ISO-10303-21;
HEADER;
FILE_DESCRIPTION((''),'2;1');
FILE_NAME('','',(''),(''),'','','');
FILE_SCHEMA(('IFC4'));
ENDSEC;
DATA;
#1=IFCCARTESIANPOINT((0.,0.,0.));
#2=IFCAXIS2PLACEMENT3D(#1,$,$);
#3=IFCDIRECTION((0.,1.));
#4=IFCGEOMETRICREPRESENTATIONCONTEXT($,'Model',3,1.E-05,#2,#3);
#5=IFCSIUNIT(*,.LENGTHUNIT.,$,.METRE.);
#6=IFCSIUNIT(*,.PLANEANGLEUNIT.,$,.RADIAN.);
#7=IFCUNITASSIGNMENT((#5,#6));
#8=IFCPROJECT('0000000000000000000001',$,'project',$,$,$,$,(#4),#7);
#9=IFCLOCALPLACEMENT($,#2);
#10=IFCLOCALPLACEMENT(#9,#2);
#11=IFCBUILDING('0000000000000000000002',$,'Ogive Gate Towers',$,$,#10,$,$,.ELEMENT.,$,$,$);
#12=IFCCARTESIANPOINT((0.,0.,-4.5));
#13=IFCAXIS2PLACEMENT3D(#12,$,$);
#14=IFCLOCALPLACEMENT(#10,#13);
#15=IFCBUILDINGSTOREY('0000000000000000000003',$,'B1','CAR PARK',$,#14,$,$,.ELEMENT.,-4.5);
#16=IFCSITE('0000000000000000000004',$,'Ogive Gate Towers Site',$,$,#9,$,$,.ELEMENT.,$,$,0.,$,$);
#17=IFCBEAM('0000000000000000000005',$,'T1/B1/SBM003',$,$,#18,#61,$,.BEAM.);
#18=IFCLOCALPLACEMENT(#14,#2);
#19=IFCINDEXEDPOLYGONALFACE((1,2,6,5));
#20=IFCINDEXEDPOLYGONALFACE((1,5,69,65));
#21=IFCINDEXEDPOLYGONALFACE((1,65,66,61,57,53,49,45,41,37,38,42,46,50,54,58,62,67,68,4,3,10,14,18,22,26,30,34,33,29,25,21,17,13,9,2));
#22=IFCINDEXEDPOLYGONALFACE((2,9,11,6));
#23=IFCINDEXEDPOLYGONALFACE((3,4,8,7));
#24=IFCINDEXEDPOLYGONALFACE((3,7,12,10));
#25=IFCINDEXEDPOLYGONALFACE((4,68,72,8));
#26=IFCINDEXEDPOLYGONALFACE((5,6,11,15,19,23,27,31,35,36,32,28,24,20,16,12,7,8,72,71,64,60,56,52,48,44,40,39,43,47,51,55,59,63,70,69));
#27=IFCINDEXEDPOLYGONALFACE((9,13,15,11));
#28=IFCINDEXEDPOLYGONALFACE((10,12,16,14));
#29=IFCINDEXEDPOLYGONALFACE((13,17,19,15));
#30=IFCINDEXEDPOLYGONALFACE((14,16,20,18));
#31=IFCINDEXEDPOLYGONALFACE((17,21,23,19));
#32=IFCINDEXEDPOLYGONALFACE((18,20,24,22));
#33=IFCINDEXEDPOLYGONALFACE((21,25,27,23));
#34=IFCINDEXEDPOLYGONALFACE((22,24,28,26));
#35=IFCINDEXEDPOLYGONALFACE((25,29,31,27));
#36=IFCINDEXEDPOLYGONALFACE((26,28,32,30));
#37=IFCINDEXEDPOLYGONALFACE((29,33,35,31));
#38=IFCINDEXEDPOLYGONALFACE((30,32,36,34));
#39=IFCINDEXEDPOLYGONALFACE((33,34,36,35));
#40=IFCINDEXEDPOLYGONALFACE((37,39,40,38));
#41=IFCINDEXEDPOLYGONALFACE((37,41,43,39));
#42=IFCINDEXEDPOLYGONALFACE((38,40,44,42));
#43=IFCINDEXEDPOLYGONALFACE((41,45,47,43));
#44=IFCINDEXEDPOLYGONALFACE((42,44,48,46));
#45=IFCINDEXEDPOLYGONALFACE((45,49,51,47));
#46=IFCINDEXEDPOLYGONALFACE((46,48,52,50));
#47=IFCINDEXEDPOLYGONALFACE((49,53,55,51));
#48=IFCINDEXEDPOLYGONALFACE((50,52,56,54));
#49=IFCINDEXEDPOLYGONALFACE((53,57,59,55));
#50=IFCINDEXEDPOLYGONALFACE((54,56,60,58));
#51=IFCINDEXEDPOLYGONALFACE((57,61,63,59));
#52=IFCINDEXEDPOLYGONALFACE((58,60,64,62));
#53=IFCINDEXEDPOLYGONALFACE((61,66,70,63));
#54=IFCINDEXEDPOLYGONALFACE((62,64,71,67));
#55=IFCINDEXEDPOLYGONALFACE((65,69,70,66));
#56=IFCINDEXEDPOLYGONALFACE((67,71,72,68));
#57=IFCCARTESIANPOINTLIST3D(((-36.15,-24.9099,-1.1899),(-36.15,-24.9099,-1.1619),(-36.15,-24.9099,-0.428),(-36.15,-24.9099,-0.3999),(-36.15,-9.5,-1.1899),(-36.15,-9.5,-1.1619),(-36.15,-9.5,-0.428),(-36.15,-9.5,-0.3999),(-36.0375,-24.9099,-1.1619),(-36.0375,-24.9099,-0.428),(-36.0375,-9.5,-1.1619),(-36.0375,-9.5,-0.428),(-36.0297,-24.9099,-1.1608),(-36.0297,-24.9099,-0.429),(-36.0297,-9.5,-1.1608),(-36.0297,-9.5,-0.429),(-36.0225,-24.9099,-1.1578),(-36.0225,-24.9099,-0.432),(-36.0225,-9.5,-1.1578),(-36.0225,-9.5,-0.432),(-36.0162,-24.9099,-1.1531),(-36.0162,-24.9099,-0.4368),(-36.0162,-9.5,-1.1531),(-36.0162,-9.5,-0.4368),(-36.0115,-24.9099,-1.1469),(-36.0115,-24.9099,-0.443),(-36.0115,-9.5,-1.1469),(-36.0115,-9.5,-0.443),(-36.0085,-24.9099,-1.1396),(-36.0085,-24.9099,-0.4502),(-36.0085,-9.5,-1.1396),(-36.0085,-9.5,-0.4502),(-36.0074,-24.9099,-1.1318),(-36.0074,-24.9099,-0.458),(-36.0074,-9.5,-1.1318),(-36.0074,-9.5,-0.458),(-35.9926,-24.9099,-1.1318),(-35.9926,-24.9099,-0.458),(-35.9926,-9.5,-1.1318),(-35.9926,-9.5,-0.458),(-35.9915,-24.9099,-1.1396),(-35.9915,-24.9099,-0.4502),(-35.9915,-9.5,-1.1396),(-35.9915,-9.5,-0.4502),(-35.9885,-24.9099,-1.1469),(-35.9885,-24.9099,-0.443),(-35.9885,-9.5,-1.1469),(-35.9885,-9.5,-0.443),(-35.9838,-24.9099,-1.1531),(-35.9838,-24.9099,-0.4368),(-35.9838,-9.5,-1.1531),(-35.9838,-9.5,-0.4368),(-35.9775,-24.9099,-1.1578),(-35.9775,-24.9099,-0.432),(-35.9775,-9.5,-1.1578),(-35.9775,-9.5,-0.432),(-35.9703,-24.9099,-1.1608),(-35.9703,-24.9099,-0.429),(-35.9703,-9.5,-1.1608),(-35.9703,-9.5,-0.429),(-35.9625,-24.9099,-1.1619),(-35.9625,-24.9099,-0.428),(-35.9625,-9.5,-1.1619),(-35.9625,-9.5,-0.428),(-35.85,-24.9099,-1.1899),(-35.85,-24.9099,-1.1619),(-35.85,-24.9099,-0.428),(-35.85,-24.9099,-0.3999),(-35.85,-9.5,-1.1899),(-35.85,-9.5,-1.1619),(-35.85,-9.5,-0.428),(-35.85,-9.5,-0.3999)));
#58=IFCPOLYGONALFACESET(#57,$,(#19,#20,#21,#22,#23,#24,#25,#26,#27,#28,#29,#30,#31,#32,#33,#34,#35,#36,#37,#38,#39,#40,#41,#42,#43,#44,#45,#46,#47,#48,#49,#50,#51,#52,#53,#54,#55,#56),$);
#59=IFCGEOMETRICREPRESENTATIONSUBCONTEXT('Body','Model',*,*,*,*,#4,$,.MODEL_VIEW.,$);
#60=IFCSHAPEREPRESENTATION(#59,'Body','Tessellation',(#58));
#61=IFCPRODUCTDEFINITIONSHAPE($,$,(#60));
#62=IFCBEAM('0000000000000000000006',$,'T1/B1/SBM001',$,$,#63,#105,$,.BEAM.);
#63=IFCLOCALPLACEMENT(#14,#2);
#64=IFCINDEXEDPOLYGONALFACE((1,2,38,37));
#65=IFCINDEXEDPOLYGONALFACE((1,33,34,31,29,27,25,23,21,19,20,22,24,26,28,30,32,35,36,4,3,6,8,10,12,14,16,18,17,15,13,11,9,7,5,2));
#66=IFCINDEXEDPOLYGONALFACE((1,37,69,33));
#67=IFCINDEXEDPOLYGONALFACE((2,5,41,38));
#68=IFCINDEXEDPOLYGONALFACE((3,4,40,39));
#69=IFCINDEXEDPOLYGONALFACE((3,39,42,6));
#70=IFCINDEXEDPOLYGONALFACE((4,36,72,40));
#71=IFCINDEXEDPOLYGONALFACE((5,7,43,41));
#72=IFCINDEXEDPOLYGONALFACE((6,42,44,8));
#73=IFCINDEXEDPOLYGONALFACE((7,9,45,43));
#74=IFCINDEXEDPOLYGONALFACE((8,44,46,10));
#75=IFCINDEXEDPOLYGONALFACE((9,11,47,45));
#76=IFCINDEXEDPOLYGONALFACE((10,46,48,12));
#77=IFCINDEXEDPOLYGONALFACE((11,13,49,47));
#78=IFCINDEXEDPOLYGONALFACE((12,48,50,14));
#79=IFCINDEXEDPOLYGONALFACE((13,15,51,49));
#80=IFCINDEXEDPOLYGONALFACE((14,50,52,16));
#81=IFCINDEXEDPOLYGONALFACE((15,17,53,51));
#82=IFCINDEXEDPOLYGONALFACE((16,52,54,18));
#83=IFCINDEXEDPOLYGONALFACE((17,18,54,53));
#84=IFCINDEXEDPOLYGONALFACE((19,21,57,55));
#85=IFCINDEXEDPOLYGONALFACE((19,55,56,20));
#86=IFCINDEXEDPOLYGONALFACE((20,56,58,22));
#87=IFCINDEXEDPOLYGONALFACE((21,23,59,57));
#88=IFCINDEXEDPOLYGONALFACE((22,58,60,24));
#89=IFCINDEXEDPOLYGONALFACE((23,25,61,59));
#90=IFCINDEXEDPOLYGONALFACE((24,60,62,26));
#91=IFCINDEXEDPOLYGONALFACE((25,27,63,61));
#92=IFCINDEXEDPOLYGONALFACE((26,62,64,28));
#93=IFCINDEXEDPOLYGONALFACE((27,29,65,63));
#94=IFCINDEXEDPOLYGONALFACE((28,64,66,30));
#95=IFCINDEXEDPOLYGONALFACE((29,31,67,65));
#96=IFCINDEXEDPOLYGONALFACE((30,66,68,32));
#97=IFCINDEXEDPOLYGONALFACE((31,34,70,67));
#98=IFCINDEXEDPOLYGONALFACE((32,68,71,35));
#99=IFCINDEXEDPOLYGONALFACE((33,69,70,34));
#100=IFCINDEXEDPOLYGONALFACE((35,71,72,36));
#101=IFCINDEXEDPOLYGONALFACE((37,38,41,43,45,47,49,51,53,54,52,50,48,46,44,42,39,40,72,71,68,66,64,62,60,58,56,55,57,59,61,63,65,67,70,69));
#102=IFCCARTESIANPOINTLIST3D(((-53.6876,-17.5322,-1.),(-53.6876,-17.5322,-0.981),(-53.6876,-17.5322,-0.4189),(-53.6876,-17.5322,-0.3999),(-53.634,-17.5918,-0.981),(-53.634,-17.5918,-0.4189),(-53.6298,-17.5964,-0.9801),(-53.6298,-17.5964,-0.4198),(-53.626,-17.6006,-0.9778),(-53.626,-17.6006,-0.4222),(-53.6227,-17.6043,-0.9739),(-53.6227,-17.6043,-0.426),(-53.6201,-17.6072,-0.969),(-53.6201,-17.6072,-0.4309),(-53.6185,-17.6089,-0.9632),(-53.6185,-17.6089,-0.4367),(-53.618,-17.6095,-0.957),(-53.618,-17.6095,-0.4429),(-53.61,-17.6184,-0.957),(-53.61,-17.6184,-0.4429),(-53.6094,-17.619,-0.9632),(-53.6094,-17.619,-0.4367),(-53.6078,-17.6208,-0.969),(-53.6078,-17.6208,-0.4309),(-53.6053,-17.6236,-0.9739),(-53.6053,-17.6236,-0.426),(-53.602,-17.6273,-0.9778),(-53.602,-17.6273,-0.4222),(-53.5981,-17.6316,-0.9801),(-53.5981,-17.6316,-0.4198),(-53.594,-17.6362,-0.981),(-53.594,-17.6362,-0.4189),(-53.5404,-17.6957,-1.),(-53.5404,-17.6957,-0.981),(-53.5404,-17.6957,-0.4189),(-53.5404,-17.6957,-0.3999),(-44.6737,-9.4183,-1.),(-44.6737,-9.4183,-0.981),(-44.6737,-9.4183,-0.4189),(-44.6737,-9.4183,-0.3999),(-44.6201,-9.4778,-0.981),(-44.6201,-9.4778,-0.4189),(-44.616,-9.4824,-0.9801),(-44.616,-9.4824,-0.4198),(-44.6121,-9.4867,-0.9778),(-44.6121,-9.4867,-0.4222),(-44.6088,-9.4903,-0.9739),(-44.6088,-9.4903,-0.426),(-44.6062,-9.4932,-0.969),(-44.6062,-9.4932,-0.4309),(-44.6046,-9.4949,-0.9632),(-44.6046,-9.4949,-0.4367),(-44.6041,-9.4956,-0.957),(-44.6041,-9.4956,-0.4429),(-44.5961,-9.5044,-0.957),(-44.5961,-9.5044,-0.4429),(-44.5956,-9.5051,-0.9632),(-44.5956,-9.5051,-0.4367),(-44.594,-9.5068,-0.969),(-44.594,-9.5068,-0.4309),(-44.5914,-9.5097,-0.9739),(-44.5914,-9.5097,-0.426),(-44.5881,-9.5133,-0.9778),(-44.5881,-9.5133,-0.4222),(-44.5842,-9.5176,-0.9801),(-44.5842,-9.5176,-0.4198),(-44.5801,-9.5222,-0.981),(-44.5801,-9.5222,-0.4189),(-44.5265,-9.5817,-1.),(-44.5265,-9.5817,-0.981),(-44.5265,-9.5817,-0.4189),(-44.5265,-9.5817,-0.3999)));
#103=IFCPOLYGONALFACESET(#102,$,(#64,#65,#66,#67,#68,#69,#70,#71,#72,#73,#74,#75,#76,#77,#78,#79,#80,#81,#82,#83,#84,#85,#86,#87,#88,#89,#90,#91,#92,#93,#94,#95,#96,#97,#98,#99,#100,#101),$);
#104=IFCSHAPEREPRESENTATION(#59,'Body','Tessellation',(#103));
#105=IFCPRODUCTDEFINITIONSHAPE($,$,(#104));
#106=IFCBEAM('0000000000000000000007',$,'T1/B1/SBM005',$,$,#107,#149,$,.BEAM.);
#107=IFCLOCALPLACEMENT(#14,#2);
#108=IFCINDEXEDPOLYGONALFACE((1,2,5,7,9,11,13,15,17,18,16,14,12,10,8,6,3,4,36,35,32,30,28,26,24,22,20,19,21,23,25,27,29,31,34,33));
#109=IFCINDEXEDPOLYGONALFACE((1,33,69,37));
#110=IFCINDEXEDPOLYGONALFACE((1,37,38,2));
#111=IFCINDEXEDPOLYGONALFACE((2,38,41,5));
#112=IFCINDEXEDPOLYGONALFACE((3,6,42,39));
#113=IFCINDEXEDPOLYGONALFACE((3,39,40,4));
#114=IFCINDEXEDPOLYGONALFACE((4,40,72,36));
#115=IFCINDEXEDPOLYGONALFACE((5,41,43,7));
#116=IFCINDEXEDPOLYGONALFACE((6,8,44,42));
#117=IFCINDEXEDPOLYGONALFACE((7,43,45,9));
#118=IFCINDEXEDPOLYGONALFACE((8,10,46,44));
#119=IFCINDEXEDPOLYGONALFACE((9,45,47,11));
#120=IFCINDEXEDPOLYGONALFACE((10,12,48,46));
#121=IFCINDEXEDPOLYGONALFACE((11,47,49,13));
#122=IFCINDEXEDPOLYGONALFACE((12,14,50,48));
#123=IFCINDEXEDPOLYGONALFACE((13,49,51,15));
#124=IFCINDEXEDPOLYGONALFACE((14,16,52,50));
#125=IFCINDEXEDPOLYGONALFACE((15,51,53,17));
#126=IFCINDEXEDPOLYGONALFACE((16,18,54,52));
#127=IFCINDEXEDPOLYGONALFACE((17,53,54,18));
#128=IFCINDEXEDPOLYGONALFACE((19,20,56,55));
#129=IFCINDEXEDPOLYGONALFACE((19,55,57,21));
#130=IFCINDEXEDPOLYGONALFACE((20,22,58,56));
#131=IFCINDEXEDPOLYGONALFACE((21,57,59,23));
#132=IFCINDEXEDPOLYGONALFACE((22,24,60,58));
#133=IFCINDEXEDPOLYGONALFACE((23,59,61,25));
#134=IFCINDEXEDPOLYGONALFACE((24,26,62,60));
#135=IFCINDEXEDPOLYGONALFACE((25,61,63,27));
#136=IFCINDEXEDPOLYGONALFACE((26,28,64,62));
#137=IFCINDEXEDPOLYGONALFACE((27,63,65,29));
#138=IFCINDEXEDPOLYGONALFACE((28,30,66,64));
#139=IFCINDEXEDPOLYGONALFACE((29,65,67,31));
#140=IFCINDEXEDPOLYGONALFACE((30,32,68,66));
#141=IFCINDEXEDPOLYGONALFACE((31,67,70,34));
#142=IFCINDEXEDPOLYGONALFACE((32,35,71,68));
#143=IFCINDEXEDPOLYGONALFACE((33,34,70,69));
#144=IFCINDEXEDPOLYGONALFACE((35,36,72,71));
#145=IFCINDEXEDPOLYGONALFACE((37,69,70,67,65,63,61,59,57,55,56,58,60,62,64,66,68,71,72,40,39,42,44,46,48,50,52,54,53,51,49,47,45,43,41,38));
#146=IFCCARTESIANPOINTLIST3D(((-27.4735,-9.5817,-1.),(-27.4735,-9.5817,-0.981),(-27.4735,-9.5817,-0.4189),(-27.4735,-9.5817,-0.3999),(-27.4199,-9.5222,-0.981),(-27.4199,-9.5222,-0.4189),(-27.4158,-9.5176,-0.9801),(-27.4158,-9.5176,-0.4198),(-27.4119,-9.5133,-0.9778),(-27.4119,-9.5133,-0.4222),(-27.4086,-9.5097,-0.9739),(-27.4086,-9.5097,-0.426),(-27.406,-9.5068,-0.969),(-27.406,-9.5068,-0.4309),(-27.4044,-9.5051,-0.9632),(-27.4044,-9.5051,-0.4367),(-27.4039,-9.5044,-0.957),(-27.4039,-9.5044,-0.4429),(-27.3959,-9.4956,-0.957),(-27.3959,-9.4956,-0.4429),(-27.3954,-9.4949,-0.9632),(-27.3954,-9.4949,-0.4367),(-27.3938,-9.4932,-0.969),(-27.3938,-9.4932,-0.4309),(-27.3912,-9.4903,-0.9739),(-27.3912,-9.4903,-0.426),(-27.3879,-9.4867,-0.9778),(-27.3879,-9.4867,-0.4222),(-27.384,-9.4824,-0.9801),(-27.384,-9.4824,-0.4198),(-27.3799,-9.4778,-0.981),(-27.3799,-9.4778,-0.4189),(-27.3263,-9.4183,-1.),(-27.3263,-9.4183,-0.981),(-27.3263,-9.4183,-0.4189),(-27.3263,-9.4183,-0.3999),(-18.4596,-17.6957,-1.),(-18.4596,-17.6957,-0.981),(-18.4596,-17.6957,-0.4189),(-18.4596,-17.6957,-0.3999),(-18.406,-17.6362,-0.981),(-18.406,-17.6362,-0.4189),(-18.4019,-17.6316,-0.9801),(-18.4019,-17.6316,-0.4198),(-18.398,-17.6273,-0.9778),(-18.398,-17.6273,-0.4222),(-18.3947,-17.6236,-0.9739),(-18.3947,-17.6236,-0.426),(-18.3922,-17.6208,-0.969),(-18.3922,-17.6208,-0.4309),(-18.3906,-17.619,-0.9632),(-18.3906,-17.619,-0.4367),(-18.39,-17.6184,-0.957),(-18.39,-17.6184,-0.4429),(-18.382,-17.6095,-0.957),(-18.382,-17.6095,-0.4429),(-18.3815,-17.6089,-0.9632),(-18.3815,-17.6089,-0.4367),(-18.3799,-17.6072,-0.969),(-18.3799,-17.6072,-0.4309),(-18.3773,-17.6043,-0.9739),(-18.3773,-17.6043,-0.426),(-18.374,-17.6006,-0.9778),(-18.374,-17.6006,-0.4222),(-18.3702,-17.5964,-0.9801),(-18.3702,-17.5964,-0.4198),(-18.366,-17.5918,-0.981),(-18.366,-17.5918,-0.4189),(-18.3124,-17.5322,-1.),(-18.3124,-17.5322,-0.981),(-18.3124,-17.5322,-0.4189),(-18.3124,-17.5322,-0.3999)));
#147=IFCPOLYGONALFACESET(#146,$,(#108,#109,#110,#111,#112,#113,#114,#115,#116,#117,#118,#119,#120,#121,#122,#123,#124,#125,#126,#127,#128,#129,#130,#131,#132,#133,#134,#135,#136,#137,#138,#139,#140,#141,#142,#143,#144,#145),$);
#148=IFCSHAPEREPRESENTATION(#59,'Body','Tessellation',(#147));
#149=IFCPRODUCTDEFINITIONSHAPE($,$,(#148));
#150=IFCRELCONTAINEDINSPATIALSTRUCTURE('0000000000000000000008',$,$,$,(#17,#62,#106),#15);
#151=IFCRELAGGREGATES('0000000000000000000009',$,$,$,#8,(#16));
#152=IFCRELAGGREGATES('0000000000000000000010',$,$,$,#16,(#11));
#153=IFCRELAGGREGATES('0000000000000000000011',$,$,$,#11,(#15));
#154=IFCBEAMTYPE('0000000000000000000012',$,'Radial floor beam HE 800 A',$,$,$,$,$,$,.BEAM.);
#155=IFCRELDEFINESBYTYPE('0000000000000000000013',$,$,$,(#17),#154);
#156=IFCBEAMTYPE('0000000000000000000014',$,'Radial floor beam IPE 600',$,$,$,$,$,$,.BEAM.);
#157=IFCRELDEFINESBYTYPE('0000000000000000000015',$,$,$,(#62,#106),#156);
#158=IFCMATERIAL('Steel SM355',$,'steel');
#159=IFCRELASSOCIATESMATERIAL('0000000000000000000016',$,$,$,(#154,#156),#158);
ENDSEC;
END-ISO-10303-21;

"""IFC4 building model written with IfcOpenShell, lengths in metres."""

from ifc_helpers import new_model, si_unit, direction, frame, origin, origin_2d, place, context, subcontext, project, spatial, i_section, extrude, material, material_profile, profile_set, type_object, element, save


model = new_model("IFC4")

# Units and contexts
model_context = context("Model", 3, precision=1e-05, world=origin(), true_north=direction((0.0, 1.0)))
body_context = subcontext(model_context, "Body", "Model", "MODEL_VIEW")
ifc_project = project(units=[si_unit("LENGTHUNIT", "METRE"), si_unit("PLANEANGLEUNIT", "RADIAN")], contexts=[model_context])

# Site, building, storey
site_placement = place(None, origin())
site = spatial("IfcSite", under=ifc_project, at=site_placement, Name="Ogive Gate Towers Site", CompositionType="ELEMENT", RefElevation=0.0)
building_placement = place(site_placement, origin())
building = spatial("IfcBuilding", under=site, at=building_placement, Name="Ogive Gate Towers", CompositionType="ELEMENT")
storey_placement = place(building_placement, frame((0.0, 0.0, -4.5)))
storey = spatial("IfcBuildingStorey", under=building, at=storey_placement, Name="B1", Description="CAR PARK", CompositionType="ELEMENT", Elevation=-4.5)

# Beams
ifc_material_1 = material(Name="Steel SM355", Category="steel")
ifc_material_profile_1 = material_profile(ifc_material_1, i_section(OverallWidth=0.3, OverallDepth=0.79, WebThickness=0.0149, FlangeThickness=0.0281, FilletRadius=0.03, at=origin_2d()), Name="HE 800 A")
ifc_profile_set_1 = profile_set([ifc_material_profile_1], Name="Steel SM355")
beam_type_1 = type_object("IfcBeamType", Name="Radial floor beam HE 800 A", PredefinedType="BEAM", material=ifc_profile_set_1)
beam_1_placement = place(storey_placement, frame((-36.0, -9.5, -0.7949), z_axis=(0.0, -1.0, 0.0), x_axis=(1.0, 0.0, 0.0)))
element("IfcBeam", 1, at=beam_1_placement, inside=storey, type_object=beam_type_1, Name="T1/B1/SBM003", PredefinedType="BEAM", context=body_context, shape_type="SweptSolid", body=[
    extrude(i_section(OverallWidth=0.3, OverallDepth=0.79, WebThickness=0.0149, FlangeThickness=0.0281, FilletRadius=0.03, at=origin_2d()), origin(), (0.0, 0.0, 1.0), 15.4099),
])
ifc_material_profile_2 = material_profile(ifc_material_1, i_section(OverallWidth=0.22, OverallDepth=0.6001, WebThickness=0.012, FlangeThickness=0.019, FilletRadius=0.0239, at=origin_2d()), Name="IPE 600")
ifc_profile_set_2 = profile_set([ifc_material_profile_2], Name="Steel SM355")
beam_type_2 = type_object("IfcBeamType", Name="Radial floor beam IPE 600", PredefinedType="BEAM", material=ifc_profile_set_2)
for number, where, z_axis, x_axis, name in (
    (2, (-44.6001, -9.5, -0.7), (-0.743233, -0.669033, 0.0), (0.669033, -0.743233, 0.0), "T1/B1/SBM001"),
    (3, (-27.3999, -9.5, -0.7), (0.743233, -0.669033, 0.0), (0.669033, 0.743233, 0.0), "T1/B1/SBM005"),
):
    element("IfcBeam", number, at=place(storey_placement, frame(where, z_axis=z_axis, x_axis=x_axis)), inside=storey, type_object=beam_type_2, Name=name, PredefinedType="BEAM", context=body_context, shape_type="SweptSolid", body=[
        extrude(i_section(OverallWidth=0.22, OverallDepth=0.6001, WebThickness=0.012, FlangeThickness=0.019, FilletRadius=0.0239, at=origin_2d()), origin(), (0.0, 0.0, 1.0), 12.1279),
    ])

save(model, "model.ifc")
